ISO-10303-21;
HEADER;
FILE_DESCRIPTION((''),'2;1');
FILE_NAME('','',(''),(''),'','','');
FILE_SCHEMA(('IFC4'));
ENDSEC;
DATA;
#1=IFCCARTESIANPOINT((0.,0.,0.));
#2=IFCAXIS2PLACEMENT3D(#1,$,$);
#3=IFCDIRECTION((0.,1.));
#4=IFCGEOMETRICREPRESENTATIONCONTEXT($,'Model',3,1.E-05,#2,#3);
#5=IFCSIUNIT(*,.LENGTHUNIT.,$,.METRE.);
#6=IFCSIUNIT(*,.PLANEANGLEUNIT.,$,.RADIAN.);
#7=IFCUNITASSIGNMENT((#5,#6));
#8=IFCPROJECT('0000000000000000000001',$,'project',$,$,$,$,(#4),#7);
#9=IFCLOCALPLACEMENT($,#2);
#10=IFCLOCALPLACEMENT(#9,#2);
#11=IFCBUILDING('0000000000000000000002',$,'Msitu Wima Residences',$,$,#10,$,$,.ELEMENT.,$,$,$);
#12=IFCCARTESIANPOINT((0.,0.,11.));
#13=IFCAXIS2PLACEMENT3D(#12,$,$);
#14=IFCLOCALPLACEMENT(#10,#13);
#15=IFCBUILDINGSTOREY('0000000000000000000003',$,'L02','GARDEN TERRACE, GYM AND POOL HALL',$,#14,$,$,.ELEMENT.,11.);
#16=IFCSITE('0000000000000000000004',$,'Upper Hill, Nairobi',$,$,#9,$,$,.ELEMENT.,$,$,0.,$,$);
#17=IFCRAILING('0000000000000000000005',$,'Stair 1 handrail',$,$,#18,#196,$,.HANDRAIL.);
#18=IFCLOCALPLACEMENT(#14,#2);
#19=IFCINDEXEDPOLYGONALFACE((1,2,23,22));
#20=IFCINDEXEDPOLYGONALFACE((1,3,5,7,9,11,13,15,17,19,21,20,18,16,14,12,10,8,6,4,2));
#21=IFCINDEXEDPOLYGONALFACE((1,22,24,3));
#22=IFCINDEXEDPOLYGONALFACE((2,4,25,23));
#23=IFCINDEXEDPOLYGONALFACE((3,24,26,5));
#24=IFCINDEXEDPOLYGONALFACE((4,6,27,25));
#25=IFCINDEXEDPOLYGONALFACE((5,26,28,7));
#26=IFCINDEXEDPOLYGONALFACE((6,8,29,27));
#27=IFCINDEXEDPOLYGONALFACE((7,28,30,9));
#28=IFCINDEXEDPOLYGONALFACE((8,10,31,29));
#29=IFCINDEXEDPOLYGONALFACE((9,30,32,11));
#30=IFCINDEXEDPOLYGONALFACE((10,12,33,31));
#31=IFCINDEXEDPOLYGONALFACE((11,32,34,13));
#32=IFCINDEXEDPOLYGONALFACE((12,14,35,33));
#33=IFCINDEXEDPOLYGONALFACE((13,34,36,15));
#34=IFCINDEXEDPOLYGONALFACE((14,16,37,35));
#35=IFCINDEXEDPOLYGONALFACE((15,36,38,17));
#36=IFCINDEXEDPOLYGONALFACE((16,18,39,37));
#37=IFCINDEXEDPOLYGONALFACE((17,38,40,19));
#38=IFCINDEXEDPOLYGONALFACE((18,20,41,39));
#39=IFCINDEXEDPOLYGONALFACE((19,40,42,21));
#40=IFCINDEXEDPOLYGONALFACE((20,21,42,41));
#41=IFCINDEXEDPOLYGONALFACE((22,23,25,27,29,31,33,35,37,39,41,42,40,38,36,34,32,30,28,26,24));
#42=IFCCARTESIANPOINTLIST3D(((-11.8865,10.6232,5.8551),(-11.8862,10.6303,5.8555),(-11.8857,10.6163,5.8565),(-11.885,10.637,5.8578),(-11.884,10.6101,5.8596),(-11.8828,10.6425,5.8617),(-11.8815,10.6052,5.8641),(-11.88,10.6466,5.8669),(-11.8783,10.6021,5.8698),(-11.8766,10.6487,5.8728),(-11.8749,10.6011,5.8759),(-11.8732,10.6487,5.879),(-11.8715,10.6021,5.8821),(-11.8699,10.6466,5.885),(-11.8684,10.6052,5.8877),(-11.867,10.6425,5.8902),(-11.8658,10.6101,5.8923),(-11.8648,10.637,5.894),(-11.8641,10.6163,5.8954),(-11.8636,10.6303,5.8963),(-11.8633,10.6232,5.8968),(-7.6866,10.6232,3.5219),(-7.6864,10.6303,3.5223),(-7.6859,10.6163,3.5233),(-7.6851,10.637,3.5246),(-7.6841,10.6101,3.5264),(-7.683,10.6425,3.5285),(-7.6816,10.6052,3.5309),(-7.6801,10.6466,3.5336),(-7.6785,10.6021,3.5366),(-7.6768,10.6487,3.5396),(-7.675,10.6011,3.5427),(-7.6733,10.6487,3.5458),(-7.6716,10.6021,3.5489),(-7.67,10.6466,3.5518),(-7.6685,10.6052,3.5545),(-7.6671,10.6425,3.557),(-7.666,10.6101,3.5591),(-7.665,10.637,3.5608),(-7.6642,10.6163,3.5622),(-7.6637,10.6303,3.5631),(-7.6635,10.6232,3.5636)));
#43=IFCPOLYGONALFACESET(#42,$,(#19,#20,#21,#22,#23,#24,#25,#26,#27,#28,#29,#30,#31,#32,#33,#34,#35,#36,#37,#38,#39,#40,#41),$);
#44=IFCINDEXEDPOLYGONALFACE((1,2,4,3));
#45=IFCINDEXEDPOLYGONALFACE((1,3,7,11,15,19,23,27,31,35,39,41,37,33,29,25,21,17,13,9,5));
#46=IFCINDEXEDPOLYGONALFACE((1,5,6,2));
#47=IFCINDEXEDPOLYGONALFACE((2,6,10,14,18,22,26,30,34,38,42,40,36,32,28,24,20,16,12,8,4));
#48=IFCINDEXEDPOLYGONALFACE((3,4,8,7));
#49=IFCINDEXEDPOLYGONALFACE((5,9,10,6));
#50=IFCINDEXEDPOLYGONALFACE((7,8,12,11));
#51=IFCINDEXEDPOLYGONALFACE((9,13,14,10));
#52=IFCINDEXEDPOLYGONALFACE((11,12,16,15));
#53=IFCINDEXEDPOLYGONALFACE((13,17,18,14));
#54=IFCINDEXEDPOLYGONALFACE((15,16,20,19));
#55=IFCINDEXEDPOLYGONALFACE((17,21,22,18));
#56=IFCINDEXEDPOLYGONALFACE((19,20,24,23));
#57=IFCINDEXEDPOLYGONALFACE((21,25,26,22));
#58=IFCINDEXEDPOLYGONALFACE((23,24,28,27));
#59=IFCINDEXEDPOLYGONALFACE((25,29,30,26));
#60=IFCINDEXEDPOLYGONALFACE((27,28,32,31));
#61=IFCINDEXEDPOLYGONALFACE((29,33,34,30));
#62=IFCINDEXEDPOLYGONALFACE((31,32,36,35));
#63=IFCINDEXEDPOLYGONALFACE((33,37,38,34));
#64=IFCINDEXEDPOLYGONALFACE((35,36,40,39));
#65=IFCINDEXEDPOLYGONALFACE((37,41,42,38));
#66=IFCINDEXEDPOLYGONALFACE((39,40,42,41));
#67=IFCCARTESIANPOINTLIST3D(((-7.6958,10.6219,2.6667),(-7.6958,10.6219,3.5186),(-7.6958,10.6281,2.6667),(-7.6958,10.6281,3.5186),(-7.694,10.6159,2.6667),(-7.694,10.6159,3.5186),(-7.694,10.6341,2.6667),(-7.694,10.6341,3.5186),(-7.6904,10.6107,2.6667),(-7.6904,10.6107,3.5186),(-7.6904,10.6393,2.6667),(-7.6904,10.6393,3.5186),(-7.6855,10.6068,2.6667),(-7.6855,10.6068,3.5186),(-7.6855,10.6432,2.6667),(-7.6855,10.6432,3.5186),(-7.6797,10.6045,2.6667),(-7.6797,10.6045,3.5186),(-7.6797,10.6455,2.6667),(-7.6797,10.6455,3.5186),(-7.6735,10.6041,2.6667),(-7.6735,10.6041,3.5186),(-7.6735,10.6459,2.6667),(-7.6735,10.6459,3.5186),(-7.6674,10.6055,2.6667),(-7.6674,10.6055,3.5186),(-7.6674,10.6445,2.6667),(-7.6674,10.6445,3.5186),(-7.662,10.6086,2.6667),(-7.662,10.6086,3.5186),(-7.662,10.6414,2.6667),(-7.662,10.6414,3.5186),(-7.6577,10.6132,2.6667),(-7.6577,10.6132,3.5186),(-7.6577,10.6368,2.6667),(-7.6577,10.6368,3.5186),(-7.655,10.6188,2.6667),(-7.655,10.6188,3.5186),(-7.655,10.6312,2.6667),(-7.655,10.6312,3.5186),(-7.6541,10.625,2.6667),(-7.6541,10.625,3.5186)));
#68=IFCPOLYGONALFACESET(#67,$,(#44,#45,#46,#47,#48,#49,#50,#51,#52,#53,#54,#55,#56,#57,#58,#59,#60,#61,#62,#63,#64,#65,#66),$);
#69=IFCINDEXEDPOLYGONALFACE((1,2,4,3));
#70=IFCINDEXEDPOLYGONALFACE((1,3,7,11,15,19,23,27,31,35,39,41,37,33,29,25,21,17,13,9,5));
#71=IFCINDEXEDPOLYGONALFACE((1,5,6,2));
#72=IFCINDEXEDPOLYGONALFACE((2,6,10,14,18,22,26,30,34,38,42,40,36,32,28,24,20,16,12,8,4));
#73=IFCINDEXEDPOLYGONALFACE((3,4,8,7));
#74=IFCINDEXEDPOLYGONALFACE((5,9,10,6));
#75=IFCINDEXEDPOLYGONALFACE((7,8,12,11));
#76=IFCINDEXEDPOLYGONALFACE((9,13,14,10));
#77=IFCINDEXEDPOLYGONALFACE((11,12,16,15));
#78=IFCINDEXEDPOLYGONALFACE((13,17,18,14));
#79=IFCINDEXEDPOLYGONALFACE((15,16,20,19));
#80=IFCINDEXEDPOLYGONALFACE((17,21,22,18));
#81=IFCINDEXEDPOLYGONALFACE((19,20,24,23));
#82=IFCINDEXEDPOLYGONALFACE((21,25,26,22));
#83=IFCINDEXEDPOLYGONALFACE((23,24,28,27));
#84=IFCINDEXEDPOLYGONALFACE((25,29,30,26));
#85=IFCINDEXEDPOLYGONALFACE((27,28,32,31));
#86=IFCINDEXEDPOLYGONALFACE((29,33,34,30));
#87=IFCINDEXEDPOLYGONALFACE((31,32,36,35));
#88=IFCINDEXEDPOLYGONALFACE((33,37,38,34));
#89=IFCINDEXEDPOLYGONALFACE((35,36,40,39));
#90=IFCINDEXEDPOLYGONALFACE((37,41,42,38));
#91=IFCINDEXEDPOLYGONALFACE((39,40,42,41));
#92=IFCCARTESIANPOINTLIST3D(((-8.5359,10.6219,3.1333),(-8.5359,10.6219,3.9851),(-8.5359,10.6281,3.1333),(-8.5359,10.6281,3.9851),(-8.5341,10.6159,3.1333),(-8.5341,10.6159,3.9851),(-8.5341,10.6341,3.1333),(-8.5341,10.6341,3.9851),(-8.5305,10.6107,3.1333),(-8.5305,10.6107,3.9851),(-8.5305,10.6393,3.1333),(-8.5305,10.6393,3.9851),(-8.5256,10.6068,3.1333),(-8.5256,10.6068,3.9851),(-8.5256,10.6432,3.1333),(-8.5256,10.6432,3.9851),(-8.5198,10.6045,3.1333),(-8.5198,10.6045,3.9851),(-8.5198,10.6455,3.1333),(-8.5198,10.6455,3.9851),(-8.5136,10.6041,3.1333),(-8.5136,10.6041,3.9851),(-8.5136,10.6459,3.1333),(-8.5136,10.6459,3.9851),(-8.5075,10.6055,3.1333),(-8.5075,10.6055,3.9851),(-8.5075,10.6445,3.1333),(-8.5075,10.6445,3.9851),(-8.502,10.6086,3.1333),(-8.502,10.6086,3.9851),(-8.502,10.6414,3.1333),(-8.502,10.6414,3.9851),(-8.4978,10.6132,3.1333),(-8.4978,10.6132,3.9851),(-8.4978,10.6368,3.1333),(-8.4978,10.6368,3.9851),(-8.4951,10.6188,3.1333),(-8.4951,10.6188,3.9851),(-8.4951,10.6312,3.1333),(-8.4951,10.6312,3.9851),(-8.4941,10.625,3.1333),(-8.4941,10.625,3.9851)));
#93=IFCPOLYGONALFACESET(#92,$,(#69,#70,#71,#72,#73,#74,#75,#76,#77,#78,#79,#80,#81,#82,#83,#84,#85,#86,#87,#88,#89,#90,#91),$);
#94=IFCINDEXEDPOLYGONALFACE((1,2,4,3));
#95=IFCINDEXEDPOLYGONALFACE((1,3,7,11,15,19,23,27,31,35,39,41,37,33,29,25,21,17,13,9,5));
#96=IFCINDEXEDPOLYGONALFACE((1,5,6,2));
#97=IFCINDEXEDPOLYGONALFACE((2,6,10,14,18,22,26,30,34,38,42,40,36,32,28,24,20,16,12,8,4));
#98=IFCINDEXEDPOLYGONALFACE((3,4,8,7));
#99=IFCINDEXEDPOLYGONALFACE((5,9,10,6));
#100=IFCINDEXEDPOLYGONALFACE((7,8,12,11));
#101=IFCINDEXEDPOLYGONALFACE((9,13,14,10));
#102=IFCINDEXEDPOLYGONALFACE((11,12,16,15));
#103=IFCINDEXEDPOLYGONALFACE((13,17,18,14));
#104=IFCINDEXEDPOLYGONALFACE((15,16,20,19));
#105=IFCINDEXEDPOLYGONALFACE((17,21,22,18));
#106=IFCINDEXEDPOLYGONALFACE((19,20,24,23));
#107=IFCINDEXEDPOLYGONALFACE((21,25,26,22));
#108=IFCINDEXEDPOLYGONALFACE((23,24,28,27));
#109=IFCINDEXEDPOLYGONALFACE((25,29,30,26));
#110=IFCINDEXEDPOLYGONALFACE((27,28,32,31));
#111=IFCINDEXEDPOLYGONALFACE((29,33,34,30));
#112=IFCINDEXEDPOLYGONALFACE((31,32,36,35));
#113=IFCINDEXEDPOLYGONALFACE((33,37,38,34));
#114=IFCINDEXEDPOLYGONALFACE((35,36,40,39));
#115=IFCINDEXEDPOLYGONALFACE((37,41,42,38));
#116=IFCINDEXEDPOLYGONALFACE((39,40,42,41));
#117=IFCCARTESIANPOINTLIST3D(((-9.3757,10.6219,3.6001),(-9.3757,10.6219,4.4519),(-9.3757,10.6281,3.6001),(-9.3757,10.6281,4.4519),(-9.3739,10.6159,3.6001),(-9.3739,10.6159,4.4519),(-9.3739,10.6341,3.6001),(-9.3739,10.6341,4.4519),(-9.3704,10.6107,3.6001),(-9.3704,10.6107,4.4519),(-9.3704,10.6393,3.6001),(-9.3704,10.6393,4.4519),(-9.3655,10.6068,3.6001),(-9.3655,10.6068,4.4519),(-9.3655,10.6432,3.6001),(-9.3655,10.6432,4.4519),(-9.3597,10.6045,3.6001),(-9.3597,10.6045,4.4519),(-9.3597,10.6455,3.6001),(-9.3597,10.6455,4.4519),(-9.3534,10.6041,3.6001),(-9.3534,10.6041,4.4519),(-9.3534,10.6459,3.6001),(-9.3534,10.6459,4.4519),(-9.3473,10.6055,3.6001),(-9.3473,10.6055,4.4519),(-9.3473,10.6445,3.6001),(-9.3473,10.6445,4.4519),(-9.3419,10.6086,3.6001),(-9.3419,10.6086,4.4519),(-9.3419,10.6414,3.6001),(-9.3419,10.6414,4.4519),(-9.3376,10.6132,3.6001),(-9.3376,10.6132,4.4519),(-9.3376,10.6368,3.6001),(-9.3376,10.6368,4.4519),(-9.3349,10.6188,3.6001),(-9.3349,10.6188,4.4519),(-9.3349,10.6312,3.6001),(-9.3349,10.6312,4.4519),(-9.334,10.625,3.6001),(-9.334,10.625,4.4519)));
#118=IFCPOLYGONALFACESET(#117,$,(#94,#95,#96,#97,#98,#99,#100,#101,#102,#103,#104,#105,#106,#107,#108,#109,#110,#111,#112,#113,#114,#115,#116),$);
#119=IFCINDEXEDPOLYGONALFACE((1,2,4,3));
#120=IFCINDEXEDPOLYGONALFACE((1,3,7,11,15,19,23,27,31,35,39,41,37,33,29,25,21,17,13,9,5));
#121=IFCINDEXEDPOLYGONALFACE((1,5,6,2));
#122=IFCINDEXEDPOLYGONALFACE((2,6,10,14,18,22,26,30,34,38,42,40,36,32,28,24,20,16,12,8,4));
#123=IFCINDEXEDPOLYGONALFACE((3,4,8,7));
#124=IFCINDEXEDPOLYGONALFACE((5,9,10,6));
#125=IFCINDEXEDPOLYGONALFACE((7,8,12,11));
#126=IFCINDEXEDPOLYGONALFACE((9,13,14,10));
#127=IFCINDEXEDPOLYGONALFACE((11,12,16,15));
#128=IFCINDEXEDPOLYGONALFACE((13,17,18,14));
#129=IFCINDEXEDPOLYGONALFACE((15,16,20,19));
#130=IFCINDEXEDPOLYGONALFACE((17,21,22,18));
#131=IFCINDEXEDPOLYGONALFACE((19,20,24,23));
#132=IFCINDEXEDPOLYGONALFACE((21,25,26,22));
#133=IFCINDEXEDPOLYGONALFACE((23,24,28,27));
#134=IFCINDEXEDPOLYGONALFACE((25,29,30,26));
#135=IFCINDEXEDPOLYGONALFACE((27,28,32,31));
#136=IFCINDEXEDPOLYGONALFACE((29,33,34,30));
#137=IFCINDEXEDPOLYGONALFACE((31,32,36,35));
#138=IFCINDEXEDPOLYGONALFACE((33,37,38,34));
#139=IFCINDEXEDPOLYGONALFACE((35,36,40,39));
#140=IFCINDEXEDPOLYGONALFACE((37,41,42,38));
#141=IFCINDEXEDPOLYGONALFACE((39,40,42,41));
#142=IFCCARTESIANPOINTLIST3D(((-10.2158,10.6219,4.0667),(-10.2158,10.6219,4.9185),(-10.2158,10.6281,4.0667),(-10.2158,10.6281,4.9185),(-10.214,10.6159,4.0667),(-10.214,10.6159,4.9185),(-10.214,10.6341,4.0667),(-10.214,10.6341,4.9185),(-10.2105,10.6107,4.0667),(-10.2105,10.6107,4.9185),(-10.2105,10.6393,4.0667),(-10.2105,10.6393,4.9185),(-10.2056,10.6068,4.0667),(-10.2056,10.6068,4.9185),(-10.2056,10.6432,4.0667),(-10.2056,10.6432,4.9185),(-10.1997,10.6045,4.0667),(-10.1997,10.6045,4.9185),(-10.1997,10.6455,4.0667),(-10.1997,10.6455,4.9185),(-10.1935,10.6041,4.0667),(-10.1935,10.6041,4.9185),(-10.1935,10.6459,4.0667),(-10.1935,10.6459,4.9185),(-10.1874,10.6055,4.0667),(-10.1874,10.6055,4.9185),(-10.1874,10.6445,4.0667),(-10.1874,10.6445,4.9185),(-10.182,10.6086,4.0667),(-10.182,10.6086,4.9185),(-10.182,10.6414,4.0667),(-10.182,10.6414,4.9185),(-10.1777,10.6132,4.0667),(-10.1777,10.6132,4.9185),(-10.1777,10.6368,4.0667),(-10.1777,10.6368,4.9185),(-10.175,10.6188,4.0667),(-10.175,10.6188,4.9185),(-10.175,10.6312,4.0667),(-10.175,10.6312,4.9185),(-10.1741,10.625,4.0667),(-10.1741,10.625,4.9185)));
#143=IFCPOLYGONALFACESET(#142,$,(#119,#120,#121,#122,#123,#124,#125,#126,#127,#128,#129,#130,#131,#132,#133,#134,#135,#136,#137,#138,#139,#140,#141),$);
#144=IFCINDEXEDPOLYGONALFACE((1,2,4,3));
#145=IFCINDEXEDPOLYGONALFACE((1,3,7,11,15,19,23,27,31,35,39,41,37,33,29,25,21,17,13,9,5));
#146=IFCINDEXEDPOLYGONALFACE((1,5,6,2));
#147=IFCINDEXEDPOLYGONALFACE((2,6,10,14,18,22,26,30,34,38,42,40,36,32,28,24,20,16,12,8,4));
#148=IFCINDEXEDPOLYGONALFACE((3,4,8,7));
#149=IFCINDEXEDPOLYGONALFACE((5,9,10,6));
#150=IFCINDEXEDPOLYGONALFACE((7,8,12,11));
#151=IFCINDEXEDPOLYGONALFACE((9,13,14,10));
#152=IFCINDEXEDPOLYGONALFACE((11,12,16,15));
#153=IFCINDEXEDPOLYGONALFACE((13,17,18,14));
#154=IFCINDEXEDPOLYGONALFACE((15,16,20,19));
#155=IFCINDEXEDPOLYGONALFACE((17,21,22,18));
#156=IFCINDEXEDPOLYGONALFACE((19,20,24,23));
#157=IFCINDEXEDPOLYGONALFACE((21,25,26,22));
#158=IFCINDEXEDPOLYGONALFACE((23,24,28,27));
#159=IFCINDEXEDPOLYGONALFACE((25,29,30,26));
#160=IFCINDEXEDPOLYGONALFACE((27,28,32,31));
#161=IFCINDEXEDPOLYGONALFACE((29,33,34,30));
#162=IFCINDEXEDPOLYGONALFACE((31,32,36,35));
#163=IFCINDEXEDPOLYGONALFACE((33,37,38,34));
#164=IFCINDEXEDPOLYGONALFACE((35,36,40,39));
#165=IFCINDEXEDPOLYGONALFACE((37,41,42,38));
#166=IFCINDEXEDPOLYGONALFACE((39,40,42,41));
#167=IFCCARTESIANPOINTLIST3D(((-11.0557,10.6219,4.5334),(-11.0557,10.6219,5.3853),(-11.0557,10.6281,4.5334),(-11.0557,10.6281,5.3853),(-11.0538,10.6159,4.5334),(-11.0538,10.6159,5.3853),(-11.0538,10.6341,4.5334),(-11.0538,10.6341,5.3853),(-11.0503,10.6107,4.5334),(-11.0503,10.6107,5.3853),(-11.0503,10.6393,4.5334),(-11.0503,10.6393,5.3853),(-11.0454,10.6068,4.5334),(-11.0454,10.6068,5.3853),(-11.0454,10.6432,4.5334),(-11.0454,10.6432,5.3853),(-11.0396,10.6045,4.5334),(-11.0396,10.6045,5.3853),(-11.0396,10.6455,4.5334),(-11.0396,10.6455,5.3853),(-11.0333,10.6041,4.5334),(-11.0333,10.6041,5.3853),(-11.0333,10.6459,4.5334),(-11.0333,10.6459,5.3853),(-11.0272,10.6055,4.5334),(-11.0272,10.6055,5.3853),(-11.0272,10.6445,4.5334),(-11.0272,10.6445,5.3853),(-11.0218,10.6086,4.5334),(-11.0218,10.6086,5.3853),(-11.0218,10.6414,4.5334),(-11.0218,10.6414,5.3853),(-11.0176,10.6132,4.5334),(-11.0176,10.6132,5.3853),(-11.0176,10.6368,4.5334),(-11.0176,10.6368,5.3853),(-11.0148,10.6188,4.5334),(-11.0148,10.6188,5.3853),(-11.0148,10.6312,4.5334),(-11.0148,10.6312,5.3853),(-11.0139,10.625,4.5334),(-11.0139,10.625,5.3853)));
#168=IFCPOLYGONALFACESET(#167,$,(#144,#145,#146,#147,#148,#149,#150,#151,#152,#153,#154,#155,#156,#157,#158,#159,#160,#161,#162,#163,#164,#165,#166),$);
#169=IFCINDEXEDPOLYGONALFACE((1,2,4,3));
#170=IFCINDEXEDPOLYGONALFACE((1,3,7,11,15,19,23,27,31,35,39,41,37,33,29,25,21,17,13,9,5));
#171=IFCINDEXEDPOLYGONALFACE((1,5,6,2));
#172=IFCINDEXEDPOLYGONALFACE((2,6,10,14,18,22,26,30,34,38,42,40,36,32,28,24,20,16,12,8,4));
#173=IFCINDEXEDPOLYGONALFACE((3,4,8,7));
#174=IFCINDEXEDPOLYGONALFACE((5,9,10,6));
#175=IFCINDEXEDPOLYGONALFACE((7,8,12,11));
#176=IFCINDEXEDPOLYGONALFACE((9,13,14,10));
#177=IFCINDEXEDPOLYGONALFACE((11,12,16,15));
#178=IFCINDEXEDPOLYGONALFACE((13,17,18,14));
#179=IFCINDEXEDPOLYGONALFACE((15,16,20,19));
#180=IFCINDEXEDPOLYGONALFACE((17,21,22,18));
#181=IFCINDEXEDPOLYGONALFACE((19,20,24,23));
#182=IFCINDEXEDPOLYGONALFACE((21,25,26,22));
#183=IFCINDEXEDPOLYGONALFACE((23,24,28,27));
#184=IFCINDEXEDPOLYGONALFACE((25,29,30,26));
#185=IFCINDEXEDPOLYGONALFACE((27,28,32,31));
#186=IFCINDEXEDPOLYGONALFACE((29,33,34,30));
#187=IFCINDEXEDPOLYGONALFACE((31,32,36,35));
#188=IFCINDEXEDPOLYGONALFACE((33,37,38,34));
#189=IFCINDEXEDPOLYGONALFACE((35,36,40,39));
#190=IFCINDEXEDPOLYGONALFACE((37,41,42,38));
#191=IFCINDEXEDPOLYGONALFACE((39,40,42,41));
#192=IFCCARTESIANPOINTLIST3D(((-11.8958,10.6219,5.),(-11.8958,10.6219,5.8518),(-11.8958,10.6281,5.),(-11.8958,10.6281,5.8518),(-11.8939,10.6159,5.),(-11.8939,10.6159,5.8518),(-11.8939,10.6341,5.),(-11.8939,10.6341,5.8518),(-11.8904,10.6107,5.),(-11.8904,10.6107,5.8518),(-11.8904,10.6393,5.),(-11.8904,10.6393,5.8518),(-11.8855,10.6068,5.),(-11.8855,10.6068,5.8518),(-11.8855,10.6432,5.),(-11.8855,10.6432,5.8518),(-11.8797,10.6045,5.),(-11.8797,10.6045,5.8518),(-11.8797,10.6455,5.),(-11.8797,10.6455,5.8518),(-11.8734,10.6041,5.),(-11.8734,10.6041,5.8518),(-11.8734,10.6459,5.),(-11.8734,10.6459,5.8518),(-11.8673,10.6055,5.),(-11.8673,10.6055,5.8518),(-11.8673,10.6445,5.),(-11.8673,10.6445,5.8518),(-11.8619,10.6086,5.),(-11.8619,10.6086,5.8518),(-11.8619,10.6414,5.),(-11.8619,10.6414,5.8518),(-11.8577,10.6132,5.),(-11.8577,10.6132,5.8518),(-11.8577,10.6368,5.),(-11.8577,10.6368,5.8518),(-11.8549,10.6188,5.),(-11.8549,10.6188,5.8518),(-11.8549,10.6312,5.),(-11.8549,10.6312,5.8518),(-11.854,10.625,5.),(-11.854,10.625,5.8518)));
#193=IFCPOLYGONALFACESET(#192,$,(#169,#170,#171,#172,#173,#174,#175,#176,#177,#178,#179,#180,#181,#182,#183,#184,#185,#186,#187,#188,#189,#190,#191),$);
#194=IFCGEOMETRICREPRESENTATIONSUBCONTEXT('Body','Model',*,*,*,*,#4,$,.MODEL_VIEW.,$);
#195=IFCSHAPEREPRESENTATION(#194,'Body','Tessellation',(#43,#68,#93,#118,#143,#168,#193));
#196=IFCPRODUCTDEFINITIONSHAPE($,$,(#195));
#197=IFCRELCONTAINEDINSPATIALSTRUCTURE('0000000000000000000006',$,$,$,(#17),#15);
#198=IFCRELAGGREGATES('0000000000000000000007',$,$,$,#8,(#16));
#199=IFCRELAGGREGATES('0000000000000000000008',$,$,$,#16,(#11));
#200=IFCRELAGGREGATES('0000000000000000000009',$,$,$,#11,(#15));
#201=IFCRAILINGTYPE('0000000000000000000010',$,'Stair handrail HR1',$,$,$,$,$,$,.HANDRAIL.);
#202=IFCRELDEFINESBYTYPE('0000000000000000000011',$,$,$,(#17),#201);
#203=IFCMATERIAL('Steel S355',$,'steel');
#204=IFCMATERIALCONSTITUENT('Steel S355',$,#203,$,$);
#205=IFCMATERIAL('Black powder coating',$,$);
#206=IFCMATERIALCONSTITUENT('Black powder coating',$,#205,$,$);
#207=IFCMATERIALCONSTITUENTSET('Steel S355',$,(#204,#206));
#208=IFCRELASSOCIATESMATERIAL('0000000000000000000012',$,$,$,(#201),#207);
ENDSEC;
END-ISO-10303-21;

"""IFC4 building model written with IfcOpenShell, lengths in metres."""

from ifc_helpers import new_model, si_unit, direction, frame, origin, origin_2d, place, context, subcontext, project, spatial, circle, extrude, material, constituent, constituent_set, type_object, element, save


model = new_model("IFC4")

# Units and contexts
model_context = context("Model", 3, precision=1e-05, world=origin(), true_north=direction((0.0, 1.0)))
body_context = subcontext(model_context, "Body", "Model", "MODEL_VIEW")
ifc_project = project(units=[si_unit("LENGTHUNIT", "METRE"), si_unit("PLANEANGLEUNIT", "RADIAN")], contexts=[model_context])

# Site, building, storey
site_placement = place(None, origin())
site = spatial("IfcSite", under=ifc_project, at=site_placement, Name="Upper Hill, Nairobi", CompositionType="ELEMENT", RefElevation=0.0)
building_placement = place(site_placement, origin())
building = spatial("IfcBuilding", under=site, at=building_placement, Name="Msitu Wima Residences", CompositionType="ELEMENT")
storey_placement = place(building_placement, frame((0.0, 0.0, 11.0)))
storey = spatial("IfcBuildingStorey", under=building, at=storey_placement, Name="L02", Description="GARDEN TERRACE, GYM AND POOL HALL", CompositionType="ELEMENT", Elevation=11.0)

# Railing
ifc_material_1 = material(Name="Steel S355", Category="steel")
ifc_constituent_1 = constituent(ifc_material_1, Name="Steel S355")
ifc_material_2 = material(Name="Black powder coating")
ifc_constituent_2 = constituent(ifc_material_2, Name="Black powder coating")
ifc_constituent_set = constituent_set(constituents=[ifc_constituent_1, ifc_constituent_2], Name="Steel S355")
railing_type = type_object("IfcRailingType", Name="Stair handrail HR1", PredefinedType="HANDRAIL", material=ifc_constituent_set)
railing_placement = place(storey_placement, frame((-7.675, 10.625, 2.6667)))
element("IfcRailing", 1, at=railing_placement, inside=storey, type_object=railing_type, Name="Stair 1 handrail", PredefinedType="HANDRAIL", context=body_context, shape_type="SweptSolid", body=[
    extrude(circle(Radius=0.0239, at=origin_2d()), frame((0.0, 0.0, 0.876), z_axis=(-0.874162, 0.0, 0.485634), x_axis=(0.0, -1.0, 0.0)), (0.0, 0.0, 1.0), 4.8044),
    extrude(circle(Radius=0.021, at=origin_2d()), origin(), (0.0, 0.0, 1.0), 0.8518),
    extrude(circle(Radius=0.021, at=origin_2d()), frame((-0.8401, 0.0, 0.4666)), (0.0, 0.0, 1.0), 0.8518),
    extrude(circle(Radius=0.021, at=origin_2d()), frame((-1.6799, 0.0, 0.9333)), (0.0, 0.0, 1.0), 0.8518),
    extrude(circle(Radius=0.021, at=origin_2d()), frame((-2.52, 0.0, 1.3999)), (0.0, 0.0, 1.0), 0.8518),
    extrude(circle(Radius=0.021, at=origin_2d()), frame((-3.3599, 0.0, 1.8667)), (0.0, 0.0, 1.0), 0.8518),
    extrude(circle(Radius=0.021, at=origin_2d()), frame((-4.2, 0.0, 2.3333)), (0.0, 0.0, 1.0), 0.8518),
])

save(model, "model.ifc")
